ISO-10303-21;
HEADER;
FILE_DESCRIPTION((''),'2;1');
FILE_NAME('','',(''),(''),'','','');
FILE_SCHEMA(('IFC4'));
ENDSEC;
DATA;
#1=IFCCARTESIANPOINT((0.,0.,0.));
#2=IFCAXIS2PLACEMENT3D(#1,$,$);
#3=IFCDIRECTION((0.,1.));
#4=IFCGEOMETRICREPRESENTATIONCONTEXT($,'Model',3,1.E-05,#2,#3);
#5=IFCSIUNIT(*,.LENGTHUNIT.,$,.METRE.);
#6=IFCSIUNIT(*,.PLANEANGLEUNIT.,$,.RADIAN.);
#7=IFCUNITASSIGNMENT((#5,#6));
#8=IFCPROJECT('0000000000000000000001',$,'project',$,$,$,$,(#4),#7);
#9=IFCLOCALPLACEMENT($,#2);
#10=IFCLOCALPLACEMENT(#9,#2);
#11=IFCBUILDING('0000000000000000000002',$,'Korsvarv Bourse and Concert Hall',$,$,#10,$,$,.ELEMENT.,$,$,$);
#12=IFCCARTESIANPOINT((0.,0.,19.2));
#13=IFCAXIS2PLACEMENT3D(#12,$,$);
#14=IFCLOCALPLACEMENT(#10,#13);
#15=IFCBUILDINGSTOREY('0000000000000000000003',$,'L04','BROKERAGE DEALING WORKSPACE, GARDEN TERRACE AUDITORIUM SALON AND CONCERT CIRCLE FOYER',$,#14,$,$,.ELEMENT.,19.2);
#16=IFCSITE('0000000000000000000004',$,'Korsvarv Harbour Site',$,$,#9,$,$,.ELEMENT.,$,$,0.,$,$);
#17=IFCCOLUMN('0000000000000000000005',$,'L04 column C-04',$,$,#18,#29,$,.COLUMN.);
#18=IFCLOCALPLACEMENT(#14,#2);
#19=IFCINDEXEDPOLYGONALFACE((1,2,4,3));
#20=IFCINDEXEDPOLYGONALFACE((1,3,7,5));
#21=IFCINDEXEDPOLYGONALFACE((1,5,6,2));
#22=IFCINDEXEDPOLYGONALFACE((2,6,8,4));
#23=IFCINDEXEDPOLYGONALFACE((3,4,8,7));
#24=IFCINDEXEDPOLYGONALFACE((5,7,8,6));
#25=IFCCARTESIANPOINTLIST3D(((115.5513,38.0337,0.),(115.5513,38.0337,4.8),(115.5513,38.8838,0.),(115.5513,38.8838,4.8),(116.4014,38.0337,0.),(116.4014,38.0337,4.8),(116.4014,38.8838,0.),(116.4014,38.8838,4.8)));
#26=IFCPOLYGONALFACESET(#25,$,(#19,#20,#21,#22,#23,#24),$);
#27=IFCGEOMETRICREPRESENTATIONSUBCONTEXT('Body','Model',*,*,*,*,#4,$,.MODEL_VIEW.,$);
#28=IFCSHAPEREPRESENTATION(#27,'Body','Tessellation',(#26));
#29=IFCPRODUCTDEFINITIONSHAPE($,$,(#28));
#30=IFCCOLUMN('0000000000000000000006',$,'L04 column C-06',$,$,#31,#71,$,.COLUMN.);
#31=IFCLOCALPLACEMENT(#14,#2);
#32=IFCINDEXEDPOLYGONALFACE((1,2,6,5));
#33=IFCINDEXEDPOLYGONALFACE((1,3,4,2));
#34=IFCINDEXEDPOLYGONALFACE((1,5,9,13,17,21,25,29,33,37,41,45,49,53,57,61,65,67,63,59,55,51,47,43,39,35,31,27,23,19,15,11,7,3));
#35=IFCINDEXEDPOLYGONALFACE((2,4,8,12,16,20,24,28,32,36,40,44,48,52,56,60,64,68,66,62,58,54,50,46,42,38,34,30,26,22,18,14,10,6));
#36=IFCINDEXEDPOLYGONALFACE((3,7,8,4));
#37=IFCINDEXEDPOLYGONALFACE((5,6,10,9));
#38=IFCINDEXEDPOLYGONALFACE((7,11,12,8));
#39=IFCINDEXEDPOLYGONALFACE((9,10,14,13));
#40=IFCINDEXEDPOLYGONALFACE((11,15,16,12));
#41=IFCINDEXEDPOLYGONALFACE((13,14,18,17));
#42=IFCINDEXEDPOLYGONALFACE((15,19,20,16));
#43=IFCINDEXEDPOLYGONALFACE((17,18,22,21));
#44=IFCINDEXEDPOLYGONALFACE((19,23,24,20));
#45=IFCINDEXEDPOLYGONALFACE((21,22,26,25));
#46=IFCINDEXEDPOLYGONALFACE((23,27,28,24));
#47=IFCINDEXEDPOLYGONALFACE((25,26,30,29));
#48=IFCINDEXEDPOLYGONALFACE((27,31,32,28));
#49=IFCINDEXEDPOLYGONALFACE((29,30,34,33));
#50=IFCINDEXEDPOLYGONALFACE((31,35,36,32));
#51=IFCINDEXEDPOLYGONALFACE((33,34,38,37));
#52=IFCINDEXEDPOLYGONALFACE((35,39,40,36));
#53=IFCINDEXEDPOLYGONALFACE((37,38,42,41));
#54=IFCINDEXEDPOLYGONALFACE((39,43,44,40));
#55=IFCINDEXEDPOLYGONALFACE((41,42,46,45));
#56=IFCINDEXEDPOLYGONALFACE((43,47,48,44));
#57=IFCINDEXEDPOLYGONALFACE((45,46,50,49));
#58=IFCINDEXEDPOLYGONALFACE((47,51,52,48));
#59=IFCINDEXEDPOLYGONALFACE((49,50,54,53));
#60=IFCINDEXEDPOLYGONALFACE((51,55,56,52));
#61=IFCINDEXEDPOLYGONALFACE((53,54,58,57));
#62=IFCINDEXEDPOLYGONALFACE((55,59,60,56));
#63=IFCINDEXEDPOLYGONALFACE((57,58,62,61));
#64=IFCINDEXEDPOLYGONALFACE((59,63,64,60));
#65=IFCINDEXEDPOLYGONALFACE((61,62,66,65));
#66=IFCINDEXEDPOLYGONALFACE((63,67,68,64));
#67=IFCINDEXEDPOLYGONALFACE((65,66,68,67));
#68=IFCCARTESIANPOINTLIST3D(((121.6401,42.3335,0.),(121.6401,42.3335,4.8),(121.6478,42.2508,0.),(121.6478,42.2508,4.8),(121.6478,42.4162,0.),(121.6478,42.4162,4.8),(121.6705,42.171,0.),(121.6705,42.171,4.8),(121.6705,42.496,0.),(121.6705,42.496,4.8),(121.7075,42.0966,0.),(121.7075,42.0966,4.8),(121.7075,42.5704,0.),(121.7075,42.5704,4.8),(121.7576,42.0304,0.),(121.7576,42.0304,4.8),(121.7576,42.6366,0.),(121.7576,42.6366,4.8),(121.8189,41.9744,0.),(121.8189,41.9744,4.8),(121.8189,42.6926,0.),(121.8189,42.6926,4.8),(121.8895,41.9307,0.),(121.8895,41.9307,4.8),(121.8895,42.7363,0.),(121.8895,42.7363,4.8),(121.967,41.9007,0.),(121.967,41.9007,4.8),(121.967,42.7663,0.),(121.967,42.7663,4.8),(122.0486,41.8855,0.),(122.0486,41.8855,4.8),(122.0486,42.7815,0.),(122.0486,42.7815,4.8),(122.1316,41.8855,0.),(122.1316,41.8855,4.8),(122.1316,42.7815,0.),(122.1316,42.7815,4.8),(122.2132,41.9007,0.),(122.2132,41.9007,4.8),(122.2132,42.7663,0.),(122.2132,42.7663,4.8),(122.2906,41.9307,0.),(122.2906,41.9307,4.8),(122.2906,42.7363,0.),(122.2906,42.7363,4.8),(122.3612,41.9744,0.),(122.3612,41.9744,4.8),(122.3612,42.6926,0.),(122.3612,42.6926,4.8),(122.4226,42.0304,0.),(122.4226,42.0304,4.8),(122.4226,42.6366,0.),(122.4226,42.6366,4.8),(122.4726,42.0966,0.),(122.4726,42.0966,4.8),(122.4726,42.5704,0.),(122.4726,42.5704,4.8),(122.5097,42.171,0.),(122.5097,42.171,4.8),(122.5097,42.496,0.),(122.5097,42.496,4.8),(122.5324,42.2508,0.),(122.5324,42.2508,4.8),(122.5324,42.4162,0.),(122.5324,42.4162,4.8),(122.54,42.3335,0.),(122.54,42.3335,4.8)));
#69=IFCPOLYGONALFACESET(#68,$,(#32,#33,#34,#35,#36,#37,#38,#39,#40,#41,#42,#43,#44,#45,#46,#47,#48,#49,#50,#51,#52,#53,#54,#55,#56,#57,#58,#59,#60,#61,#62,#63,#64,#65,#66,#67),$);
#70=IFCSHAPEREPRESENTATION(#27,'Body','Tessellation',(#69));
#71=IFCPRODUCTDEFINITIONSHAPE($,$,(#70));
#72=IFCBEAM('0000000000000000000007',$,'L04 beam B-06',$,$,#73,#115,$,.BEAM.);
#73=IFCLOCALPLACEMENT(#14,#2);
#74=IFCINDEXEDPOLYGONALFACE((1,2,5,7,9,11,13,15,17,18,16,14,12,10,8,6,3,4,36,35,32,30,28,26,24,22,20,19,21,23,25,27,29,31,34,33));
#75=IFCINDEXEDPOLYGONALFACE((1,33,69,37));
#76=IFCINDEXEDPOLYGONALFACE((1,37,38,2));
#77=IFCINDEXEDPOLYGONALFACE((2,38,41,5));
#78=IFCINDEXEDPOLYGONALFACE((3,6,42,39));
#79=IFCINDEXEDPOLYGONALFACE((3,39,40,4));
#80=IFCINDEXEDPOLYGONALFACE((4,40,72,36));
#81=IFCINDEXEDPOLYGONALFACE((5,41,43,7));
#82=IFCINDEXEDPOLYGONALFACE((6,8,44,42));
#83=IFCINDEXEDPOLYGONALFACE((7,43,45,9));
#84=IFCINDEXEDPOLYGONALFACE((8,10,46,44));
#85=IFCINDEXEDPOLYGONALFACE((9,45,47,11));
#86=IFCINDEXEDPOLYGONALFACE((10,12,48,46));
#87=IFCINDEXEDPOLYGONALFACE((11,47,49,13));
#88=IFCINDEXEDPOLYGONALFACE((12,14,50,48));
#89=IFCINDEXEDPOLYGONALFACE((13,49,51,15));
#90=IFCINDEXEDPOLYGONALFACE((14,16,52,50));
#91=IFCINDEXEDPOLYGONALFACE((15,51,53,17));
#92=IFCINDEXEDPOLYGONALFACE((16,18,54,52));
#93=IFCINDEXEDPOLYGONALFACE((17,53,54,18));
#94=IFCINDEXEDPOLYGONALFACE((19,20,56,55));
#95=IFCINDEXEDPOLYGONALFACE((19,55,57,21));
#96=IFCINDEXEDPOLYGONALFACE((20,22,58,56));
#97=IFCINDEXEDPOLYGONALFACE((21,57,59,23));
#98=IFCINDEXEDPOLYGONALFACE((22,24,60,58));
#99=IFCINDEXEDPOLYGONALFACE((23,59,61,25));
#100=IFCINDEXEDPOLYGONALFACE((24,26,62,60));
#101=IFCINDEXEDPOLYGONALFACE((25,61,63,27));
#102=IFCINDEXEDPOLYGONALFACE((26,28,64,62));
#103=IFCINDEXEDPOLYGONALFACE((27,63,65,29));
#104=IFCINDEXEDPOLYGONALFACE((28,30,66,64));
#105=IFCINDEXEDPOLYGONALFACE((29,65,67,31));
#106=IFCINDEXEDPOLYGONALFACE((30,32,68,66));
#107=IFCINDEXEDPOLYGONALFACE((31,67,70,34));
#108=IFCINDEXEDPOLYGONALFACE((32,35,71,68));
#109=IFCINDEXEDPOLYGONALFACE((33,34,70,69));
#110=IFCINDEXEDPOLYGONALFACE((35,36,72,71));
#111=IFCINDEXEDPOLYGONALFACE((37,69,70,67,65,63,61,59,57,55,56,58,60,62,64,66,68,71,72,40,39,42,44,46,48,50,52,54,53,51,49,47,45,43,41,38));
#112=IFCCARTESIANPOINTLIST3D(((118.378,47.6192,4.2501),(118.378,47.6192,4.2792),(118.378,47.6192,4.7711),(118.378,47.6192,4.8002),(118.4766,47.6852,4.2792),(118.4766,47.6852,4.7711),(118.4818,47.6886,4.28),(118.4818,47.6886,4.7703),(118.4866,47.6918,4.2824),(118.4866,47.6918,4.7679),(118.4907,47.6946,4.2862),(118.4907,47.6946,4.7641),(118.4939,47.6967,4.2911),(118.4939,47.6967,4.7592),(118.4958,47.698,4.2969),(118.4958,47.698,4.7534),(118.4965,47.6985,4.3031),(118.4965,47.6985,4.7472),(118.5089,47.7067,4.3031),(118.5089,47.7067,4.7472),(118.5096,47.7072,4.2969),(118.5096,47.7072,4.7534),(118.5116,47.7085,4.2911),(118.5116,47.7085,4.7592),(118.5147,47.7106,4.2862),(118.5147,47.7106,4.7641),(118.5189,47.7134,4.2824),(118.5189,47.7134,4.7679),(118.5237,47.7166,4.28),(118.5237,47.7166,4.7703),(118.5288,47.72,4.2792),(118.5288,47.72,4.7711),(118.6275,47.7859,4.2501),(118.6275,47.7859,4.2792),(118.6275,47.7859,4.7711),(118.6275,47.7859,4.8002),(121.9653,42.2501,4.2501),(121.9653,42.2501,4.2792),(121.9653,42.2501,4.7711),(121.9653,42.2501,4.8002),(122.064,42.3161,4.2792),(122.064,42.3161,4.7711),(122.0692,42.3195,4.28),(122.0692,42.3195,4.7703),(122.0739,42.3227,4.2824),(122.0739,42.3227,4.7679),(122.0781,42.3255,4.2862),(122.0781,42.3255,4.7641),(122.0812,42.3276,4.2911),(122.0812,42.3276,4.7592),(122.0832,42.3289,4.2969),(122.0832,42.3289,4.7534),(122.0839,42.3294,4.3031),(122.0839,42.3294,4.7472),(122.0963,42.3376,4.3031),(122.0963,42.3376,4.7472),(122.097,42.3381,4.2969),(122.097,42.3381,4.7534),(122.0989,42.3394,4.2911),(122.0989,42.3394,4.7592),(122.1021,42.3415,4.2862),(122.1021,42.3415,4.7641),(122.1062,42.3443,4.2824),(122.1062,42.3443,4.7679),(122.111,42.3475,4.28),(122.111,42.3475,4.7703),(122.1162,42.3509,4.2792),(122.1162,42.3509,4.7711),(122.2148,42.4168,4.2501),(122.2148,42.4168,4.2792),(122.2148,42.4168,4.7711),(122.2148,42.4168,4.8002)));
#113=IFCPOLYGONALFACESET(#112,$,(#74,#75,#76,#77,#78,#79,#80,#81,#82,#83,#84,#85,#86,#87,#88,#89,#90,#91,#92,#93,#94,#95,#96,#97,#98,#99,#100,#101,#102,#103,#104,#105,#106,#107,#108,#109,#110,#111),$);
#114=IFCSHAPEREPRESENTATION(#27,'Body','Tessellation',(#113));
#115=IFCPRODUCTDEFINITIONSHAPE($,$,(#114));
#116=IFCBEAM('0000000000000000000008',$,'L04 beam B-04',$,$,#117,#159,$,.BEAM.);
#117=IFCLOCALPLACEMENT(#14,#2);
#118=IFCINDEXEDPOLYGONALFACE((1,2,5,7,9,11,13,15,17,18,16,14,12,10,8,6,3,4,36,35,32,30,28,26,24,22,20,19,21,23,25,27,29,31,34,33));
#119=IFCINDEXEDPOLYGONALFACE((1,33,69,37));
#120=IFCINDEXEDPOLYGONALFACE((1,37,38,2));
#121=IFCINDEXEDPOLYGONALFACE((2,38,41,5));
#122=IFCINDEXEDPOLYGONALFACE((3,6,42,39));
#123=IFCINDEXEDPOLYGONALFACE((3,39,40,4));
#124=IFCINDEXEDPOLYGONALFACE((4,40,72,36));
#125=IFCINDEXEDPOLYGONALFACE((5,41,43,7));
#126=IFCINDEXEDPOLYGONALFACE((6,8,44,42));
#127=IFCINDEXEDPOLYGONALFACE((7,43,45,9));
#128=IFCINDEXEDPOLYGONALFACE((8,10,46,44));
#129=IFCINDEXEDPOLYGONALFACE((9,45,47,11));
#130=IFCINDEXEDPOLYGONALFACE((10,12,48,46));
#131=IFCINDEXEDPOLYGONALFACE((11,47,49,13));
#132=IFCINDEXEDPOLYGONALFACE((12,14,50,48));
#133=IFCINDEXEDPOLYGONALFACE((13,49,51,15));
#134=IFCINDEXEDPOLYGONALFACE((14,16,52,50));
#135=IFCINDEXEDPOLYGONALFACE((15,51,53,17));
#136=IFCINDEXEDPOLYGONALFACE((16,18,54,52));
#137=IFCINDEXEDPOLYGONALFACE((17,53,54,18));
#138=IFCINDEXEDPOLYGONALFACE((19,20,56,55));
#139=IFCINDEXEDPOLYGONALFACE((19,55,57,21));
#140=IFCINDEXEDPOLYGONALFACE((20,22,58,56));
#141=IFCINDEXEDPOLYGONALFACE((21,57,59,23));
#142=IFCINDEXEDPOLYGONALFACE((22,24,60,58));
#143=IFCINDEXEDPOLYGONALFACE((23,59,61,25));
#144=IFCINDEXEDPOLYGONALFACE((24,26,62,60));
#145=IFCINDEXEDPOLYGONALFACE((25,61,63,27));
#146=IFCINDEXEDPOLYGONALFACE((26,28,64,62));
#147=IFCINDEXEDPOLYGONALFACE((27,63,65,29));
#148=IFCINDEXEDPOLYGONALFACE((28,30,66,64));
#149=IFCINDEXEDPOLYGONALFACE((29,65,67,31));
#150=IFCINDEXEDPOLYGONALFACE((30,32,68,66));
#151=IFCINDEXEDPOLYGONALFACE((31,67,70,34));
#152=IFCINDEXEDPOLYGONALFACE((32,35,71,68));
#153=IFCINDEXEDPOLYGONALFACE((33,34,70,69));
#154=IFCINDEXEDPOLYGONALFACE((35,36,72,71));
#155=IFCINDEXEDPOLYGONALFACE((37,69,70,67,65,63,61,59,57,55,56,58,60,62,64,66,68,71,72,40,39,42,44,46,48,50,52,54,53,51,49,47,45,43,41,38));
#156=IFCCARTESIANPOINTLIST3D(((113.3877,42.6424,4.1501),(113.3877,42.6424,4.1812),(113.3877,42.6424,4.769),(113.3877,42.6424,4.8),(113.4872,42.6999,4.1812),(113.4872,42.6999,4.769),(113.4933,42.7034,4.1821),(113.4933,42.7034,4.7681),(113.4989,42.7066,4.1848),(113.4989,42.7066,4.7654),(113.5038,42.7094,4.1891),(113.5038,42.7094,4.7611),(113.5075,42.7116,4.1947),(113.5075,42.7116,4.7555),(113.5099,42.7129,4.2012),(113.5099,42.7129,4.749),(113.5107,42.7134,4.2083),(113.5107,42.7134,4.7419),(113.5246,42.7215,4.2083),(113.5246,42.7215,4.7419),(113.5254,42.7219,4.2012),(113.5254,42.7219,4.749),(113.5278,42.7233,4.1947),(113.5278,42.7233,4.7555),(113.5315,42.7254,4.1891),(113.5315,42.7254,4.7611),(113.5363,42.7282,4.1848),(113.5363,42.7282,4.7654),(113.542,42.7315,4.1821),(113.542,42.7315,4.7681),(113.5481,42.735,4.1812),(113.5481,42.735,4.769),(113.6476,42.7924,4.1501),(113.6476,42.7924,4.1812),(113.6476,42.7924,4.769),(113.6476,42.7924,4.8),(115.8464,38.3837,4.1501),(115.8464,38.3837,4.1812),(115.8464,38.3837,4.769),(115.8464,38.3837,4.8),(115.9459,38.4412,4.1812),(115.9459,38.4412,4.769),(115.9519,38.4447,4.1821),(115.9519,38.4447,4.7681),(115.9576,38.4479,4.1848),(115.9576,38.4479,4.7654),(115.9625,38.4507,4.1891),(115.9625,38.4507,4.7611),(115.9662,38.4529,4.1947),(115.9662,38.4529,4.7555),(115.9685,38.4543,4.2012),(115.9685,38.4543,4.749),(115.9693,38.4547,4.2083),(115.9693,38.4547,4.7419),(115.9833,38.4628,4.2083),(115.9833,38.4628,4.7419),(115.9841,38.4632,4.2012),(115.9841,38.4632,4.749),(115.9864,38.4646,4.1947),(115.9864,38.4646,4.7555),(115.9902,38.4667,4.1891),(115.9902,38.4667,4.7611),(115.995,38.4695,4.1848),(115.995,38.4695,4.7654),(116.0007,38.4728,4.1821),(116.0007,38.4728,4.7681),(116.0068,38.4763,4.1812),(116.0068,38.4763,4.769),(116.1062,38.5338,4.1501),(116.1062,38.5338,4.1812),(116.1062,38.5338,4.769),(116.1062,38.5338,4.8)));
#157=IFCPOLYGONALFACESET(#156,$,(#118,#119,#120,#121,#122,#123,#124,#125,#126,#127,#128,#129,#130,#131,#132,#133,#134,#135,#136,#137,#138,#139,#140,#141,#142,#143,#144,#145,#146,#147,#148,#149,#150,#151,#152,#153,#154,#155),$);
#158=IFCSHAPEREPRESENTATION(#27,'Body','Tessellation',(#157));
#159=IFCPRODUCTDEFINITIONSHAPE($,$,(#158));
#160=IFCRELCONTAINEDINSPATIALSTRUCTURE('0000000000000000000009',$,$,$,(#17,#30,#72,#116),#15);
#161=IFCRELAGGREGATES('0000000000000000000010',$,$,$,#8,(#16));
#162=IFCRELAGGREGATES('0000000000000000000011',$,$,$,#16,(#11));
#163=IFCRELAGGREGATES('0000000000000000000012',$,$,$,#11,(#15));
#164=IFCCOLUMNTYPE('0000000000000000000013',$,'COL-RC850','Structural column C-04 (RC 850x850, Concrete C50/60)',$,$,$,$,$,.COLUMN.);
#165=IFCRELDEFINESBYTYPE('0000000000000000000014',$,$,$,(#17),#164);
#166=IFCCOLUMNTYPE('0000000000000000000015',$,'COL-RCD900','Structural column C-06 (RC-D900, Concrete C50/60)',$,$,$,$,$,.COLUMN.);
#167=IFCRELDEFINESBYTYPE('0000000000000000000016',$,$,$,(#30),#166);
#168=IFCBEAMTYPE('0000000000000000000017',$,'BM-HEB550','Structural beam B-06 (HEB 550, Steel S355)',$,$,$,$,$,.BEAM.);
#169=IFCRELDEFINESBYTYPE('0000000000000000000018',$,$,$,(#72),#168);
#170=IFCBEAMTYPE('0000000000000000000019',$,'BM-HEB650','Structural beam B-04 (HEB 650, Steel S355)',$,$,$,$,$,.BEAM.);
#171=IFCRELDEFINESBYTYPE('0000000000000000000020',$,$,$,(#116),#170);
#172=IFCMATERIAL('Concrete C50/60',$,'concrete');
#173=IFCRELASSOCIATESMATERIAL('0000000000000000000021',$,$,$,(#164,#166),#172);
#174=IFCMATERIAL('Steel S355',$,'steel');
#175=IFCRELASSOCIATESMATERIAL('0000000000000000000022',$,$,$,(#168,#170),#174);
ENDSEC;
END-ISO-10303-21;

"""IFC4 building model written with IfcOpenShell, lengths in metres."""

from ifc_helpers import new_model, si_unit, direction, frame, origin, origin_2d, place, context, subcontext, project, spatial, rectangle, circle, i_section, extrude, source, transform, mapped, material, material_profile, profile_set, type_object, element, save


model = new_model("IFC4")

# Units and contexts
model_context = context("Model", 3, precision=1e-05, world=origin(), true_north=direction((0.0, 1.0)))
body_context = subcontext(model_context, "Body", "Model", "MODEL_VIEW")
ifc_project = project(units=[si_unit("LENGTHUNIT", "METRE"), si_unit("PLANEANGLEUNIT", "RADIAN")], contexts=[model_context])

# Site, building, storey
site_placement = place(None, origin())
site = spatial("IfcSite", under=ifc_project, at=site_placement, Name="Korsvarv Harbour Site", CompositionType="ELEMENT", RefElevation=0.0)
building_placement = place(site_placement, origin())
building = spatial("IfcBuilding", under=site, at=building_placement, Name="Korsvarv Bourse and Concert Hall", CompositionType="ELEMENT")
storey_placement = place(building_placement, frame((0.0, 0.0, 19.2)))
storey = spatial("IfcBuildingStorey", under=building, at=storey_placement, Name="L04", Description="BROKERAGE DEALING WORKSPACE, GARDEN TERRACE AUDITORIUM SALON AND CONCERT CIRCLE FOYER", CompositionType="ELEMENT", Elevation=19.2)

# Columns
ifc_material_1 = material(Name="Concrete C50/60", Category="concrete")
ifc_material_profile_1 = material_profile(ifc_material_1, rectangle(XDim=0.8501, YDim=0.8501, at=origin_2d()), Name="RC 850x850")
ifc_profile_set_1 = profile_set([ifc_material_profile_1], Name="Concrete C50/60")
column_type_1 = type_object("IfcColumnType", Name="COL-RC850", Description="Structural column C-04 (RC 850x850, Concrete C50/60)", PredefinedType="COLUMN", material=ifc_profile_set_1)
shared_shape_1 = source(origin(), body_context, "Body", "SweptSolid", [
    extrude(rectangle(XDim=0.8501, YDim=0.8501, at=origin_2d()), origin(), (0.0, 0.0, 1.0), 4.8),
])
column_1_placement = place(storey_placement, frame((115.9763, 38.4587, 0.0), z_axis=(0.0, 0.0, 1.0), x_axis=(1.0, 0.0, 0.0)))
element("IfcColumn", 1, at=column_1_placement, inside=storey, type_object=column_type_1, Name="L04 column C-04", PredefinedType="COLUMN", context=body_context, shape_type="MappedRepresentation", body=[
    mapped(shared_shape_1, transform((0.0, 0.0, 0.0), scale=1.0)),
])
ifc_material_profile_2 = material_profile(ifc_material_1, circle(Radius=0.45, at=origin_2d()), Name="RC-D900")
ifc_profile_set_2 = profile_set([ifc_material_profile_2], Name="Concrete C50/60")
column_type_2 = type_object("IfcColumnType", Name="COL-RCD900", Description="Structural column C-06 (RC-D900, Concrete C50/60)", PredefinedType="COLUMN", material=ifc_profile_set_2)
shared_shape_2 = source(origin(), body_context, "Body", "SweptSolid", [
    extrude(circle(Radius=0.45, at=origin_2d()), origin(), (0.0, 0.0, 1.0), 4.8),
])
column_2_placement = place(storey_placement, frame((122.0901, 42.3335, 0.0), z_axis=(0.0, 0.0, 1.0), x_axis=(1.0, 0.0, 0.0)))
element("IfcColumn", 2, at=column_2_placement, inside=storey, type_object=column_type_2, Name="L04 column C-06", PredefinedType="COLUMN", context=body_context, shape_type="MappedRepresentation", body=[
    mapped(shared_shape_2, transform((0.0, 0.0, 0.0), scale=1.0)),
])

# Beams
ifc_material_2 = material(Name="Steel S355", Category="steel")
ifc_material_profile_3 = material_profile(ifc_material_2, i_section(OverallWidth=0.3, OverallDepth=0.55, WebThickness=0.0149, FlangeThickness=0.0291, FilletRadius=0.0239, at=origin_2d()), Name="HEB 550")
ifc_profile_set_3 = profile_set([ifc_material_profile_3], Name="Steel S355")
beam_type_1 = type_object("IfcBeamType", Name="BM-HEB550", Description="Structural beam B-06 (HEB 550, Steel S355)", PredefinedType="BEAM", material=ifc_profile_set_3)
shared_shape_3 = source(origin(), body_context, "Body", "SweptSolid", [
    extrude(i_section(OverallWidth=0.3, OverallDepth=0.55, WebThickness=0.0149, FlangeThickness=0.0291, FilletRadius=0.0239, at=origin_2d()), origin(), (0.0, 0.0, 1.0), 6.4573),
])
beam_1_placement = place(storey_placement, frame((122.0901, 42.3335, 4.5251), z_axis=(-0.555555, 0.83148, 0.0), x_axis=(-0.83148, -0.555555, 0.0)))
element("IfcBeam", 3, at=beam_1_placement, inside=storey, type_object=beam_type_1, Name="L04 beam B-06", PredefinedType="BEAM", context=body_context, shape_type="MappedRepresentation", body=[
    mapped(shared_shape_3, transform((0.0, 0.0, 0.0), scale=1.0)),
])
ifc_material_profile_4 = material_profile(ifc_material_2, i_section(OverallWidth=0.3, OverallDepth=0.6499, WebThickness=0.0161, FlangeThickness=0.031, FilletRadius=0.0271, at=origin_2d()), Name="HEB 650")
ifc_profile_set_4 = profile_set([ifc_material_profile_4], Name="Steel S355")
beam_type_2 = type_object("IfcBeamType", Name="BM-HEB650", Description="Structural beam B-04 (HEB 650, Steel S355)", PredefinedType="BEAM", material=ifc_profile_set_4)
shared_shape_4 = source(origin(), body_context, "Body", "SweptSolid", [
    extrude(i_section(OverallWidth=0.3, OverallDepth=0.6499, WebThickness=0.0161, FlangeThickness=0.031, FilletRadius=0.0271, at=origin_2d()), origin(), (0.0, 0.0, 1.0), 4.9175),
])
beam_2_placement = place(storey_placement, frame((115.9763, 38.4587, 4.4751), z_axis=(-0.499989, 0.866032, 0.0), x_axis=(-0.866032, -0.499989, 0.0)))
element("IfcBeam", 4, at=beam_2_placement, inside=storey, type_object=beam_type_2, Name="L04 beam B-04", PredefinedType="BEAM", context=body_context, shape_type="MappedRepresentation", body=[
    mapped(shared_shape_4, transform((0.0, 0.0, 0.0), scale=1.0)),
])

save(model, "model.ifc")
